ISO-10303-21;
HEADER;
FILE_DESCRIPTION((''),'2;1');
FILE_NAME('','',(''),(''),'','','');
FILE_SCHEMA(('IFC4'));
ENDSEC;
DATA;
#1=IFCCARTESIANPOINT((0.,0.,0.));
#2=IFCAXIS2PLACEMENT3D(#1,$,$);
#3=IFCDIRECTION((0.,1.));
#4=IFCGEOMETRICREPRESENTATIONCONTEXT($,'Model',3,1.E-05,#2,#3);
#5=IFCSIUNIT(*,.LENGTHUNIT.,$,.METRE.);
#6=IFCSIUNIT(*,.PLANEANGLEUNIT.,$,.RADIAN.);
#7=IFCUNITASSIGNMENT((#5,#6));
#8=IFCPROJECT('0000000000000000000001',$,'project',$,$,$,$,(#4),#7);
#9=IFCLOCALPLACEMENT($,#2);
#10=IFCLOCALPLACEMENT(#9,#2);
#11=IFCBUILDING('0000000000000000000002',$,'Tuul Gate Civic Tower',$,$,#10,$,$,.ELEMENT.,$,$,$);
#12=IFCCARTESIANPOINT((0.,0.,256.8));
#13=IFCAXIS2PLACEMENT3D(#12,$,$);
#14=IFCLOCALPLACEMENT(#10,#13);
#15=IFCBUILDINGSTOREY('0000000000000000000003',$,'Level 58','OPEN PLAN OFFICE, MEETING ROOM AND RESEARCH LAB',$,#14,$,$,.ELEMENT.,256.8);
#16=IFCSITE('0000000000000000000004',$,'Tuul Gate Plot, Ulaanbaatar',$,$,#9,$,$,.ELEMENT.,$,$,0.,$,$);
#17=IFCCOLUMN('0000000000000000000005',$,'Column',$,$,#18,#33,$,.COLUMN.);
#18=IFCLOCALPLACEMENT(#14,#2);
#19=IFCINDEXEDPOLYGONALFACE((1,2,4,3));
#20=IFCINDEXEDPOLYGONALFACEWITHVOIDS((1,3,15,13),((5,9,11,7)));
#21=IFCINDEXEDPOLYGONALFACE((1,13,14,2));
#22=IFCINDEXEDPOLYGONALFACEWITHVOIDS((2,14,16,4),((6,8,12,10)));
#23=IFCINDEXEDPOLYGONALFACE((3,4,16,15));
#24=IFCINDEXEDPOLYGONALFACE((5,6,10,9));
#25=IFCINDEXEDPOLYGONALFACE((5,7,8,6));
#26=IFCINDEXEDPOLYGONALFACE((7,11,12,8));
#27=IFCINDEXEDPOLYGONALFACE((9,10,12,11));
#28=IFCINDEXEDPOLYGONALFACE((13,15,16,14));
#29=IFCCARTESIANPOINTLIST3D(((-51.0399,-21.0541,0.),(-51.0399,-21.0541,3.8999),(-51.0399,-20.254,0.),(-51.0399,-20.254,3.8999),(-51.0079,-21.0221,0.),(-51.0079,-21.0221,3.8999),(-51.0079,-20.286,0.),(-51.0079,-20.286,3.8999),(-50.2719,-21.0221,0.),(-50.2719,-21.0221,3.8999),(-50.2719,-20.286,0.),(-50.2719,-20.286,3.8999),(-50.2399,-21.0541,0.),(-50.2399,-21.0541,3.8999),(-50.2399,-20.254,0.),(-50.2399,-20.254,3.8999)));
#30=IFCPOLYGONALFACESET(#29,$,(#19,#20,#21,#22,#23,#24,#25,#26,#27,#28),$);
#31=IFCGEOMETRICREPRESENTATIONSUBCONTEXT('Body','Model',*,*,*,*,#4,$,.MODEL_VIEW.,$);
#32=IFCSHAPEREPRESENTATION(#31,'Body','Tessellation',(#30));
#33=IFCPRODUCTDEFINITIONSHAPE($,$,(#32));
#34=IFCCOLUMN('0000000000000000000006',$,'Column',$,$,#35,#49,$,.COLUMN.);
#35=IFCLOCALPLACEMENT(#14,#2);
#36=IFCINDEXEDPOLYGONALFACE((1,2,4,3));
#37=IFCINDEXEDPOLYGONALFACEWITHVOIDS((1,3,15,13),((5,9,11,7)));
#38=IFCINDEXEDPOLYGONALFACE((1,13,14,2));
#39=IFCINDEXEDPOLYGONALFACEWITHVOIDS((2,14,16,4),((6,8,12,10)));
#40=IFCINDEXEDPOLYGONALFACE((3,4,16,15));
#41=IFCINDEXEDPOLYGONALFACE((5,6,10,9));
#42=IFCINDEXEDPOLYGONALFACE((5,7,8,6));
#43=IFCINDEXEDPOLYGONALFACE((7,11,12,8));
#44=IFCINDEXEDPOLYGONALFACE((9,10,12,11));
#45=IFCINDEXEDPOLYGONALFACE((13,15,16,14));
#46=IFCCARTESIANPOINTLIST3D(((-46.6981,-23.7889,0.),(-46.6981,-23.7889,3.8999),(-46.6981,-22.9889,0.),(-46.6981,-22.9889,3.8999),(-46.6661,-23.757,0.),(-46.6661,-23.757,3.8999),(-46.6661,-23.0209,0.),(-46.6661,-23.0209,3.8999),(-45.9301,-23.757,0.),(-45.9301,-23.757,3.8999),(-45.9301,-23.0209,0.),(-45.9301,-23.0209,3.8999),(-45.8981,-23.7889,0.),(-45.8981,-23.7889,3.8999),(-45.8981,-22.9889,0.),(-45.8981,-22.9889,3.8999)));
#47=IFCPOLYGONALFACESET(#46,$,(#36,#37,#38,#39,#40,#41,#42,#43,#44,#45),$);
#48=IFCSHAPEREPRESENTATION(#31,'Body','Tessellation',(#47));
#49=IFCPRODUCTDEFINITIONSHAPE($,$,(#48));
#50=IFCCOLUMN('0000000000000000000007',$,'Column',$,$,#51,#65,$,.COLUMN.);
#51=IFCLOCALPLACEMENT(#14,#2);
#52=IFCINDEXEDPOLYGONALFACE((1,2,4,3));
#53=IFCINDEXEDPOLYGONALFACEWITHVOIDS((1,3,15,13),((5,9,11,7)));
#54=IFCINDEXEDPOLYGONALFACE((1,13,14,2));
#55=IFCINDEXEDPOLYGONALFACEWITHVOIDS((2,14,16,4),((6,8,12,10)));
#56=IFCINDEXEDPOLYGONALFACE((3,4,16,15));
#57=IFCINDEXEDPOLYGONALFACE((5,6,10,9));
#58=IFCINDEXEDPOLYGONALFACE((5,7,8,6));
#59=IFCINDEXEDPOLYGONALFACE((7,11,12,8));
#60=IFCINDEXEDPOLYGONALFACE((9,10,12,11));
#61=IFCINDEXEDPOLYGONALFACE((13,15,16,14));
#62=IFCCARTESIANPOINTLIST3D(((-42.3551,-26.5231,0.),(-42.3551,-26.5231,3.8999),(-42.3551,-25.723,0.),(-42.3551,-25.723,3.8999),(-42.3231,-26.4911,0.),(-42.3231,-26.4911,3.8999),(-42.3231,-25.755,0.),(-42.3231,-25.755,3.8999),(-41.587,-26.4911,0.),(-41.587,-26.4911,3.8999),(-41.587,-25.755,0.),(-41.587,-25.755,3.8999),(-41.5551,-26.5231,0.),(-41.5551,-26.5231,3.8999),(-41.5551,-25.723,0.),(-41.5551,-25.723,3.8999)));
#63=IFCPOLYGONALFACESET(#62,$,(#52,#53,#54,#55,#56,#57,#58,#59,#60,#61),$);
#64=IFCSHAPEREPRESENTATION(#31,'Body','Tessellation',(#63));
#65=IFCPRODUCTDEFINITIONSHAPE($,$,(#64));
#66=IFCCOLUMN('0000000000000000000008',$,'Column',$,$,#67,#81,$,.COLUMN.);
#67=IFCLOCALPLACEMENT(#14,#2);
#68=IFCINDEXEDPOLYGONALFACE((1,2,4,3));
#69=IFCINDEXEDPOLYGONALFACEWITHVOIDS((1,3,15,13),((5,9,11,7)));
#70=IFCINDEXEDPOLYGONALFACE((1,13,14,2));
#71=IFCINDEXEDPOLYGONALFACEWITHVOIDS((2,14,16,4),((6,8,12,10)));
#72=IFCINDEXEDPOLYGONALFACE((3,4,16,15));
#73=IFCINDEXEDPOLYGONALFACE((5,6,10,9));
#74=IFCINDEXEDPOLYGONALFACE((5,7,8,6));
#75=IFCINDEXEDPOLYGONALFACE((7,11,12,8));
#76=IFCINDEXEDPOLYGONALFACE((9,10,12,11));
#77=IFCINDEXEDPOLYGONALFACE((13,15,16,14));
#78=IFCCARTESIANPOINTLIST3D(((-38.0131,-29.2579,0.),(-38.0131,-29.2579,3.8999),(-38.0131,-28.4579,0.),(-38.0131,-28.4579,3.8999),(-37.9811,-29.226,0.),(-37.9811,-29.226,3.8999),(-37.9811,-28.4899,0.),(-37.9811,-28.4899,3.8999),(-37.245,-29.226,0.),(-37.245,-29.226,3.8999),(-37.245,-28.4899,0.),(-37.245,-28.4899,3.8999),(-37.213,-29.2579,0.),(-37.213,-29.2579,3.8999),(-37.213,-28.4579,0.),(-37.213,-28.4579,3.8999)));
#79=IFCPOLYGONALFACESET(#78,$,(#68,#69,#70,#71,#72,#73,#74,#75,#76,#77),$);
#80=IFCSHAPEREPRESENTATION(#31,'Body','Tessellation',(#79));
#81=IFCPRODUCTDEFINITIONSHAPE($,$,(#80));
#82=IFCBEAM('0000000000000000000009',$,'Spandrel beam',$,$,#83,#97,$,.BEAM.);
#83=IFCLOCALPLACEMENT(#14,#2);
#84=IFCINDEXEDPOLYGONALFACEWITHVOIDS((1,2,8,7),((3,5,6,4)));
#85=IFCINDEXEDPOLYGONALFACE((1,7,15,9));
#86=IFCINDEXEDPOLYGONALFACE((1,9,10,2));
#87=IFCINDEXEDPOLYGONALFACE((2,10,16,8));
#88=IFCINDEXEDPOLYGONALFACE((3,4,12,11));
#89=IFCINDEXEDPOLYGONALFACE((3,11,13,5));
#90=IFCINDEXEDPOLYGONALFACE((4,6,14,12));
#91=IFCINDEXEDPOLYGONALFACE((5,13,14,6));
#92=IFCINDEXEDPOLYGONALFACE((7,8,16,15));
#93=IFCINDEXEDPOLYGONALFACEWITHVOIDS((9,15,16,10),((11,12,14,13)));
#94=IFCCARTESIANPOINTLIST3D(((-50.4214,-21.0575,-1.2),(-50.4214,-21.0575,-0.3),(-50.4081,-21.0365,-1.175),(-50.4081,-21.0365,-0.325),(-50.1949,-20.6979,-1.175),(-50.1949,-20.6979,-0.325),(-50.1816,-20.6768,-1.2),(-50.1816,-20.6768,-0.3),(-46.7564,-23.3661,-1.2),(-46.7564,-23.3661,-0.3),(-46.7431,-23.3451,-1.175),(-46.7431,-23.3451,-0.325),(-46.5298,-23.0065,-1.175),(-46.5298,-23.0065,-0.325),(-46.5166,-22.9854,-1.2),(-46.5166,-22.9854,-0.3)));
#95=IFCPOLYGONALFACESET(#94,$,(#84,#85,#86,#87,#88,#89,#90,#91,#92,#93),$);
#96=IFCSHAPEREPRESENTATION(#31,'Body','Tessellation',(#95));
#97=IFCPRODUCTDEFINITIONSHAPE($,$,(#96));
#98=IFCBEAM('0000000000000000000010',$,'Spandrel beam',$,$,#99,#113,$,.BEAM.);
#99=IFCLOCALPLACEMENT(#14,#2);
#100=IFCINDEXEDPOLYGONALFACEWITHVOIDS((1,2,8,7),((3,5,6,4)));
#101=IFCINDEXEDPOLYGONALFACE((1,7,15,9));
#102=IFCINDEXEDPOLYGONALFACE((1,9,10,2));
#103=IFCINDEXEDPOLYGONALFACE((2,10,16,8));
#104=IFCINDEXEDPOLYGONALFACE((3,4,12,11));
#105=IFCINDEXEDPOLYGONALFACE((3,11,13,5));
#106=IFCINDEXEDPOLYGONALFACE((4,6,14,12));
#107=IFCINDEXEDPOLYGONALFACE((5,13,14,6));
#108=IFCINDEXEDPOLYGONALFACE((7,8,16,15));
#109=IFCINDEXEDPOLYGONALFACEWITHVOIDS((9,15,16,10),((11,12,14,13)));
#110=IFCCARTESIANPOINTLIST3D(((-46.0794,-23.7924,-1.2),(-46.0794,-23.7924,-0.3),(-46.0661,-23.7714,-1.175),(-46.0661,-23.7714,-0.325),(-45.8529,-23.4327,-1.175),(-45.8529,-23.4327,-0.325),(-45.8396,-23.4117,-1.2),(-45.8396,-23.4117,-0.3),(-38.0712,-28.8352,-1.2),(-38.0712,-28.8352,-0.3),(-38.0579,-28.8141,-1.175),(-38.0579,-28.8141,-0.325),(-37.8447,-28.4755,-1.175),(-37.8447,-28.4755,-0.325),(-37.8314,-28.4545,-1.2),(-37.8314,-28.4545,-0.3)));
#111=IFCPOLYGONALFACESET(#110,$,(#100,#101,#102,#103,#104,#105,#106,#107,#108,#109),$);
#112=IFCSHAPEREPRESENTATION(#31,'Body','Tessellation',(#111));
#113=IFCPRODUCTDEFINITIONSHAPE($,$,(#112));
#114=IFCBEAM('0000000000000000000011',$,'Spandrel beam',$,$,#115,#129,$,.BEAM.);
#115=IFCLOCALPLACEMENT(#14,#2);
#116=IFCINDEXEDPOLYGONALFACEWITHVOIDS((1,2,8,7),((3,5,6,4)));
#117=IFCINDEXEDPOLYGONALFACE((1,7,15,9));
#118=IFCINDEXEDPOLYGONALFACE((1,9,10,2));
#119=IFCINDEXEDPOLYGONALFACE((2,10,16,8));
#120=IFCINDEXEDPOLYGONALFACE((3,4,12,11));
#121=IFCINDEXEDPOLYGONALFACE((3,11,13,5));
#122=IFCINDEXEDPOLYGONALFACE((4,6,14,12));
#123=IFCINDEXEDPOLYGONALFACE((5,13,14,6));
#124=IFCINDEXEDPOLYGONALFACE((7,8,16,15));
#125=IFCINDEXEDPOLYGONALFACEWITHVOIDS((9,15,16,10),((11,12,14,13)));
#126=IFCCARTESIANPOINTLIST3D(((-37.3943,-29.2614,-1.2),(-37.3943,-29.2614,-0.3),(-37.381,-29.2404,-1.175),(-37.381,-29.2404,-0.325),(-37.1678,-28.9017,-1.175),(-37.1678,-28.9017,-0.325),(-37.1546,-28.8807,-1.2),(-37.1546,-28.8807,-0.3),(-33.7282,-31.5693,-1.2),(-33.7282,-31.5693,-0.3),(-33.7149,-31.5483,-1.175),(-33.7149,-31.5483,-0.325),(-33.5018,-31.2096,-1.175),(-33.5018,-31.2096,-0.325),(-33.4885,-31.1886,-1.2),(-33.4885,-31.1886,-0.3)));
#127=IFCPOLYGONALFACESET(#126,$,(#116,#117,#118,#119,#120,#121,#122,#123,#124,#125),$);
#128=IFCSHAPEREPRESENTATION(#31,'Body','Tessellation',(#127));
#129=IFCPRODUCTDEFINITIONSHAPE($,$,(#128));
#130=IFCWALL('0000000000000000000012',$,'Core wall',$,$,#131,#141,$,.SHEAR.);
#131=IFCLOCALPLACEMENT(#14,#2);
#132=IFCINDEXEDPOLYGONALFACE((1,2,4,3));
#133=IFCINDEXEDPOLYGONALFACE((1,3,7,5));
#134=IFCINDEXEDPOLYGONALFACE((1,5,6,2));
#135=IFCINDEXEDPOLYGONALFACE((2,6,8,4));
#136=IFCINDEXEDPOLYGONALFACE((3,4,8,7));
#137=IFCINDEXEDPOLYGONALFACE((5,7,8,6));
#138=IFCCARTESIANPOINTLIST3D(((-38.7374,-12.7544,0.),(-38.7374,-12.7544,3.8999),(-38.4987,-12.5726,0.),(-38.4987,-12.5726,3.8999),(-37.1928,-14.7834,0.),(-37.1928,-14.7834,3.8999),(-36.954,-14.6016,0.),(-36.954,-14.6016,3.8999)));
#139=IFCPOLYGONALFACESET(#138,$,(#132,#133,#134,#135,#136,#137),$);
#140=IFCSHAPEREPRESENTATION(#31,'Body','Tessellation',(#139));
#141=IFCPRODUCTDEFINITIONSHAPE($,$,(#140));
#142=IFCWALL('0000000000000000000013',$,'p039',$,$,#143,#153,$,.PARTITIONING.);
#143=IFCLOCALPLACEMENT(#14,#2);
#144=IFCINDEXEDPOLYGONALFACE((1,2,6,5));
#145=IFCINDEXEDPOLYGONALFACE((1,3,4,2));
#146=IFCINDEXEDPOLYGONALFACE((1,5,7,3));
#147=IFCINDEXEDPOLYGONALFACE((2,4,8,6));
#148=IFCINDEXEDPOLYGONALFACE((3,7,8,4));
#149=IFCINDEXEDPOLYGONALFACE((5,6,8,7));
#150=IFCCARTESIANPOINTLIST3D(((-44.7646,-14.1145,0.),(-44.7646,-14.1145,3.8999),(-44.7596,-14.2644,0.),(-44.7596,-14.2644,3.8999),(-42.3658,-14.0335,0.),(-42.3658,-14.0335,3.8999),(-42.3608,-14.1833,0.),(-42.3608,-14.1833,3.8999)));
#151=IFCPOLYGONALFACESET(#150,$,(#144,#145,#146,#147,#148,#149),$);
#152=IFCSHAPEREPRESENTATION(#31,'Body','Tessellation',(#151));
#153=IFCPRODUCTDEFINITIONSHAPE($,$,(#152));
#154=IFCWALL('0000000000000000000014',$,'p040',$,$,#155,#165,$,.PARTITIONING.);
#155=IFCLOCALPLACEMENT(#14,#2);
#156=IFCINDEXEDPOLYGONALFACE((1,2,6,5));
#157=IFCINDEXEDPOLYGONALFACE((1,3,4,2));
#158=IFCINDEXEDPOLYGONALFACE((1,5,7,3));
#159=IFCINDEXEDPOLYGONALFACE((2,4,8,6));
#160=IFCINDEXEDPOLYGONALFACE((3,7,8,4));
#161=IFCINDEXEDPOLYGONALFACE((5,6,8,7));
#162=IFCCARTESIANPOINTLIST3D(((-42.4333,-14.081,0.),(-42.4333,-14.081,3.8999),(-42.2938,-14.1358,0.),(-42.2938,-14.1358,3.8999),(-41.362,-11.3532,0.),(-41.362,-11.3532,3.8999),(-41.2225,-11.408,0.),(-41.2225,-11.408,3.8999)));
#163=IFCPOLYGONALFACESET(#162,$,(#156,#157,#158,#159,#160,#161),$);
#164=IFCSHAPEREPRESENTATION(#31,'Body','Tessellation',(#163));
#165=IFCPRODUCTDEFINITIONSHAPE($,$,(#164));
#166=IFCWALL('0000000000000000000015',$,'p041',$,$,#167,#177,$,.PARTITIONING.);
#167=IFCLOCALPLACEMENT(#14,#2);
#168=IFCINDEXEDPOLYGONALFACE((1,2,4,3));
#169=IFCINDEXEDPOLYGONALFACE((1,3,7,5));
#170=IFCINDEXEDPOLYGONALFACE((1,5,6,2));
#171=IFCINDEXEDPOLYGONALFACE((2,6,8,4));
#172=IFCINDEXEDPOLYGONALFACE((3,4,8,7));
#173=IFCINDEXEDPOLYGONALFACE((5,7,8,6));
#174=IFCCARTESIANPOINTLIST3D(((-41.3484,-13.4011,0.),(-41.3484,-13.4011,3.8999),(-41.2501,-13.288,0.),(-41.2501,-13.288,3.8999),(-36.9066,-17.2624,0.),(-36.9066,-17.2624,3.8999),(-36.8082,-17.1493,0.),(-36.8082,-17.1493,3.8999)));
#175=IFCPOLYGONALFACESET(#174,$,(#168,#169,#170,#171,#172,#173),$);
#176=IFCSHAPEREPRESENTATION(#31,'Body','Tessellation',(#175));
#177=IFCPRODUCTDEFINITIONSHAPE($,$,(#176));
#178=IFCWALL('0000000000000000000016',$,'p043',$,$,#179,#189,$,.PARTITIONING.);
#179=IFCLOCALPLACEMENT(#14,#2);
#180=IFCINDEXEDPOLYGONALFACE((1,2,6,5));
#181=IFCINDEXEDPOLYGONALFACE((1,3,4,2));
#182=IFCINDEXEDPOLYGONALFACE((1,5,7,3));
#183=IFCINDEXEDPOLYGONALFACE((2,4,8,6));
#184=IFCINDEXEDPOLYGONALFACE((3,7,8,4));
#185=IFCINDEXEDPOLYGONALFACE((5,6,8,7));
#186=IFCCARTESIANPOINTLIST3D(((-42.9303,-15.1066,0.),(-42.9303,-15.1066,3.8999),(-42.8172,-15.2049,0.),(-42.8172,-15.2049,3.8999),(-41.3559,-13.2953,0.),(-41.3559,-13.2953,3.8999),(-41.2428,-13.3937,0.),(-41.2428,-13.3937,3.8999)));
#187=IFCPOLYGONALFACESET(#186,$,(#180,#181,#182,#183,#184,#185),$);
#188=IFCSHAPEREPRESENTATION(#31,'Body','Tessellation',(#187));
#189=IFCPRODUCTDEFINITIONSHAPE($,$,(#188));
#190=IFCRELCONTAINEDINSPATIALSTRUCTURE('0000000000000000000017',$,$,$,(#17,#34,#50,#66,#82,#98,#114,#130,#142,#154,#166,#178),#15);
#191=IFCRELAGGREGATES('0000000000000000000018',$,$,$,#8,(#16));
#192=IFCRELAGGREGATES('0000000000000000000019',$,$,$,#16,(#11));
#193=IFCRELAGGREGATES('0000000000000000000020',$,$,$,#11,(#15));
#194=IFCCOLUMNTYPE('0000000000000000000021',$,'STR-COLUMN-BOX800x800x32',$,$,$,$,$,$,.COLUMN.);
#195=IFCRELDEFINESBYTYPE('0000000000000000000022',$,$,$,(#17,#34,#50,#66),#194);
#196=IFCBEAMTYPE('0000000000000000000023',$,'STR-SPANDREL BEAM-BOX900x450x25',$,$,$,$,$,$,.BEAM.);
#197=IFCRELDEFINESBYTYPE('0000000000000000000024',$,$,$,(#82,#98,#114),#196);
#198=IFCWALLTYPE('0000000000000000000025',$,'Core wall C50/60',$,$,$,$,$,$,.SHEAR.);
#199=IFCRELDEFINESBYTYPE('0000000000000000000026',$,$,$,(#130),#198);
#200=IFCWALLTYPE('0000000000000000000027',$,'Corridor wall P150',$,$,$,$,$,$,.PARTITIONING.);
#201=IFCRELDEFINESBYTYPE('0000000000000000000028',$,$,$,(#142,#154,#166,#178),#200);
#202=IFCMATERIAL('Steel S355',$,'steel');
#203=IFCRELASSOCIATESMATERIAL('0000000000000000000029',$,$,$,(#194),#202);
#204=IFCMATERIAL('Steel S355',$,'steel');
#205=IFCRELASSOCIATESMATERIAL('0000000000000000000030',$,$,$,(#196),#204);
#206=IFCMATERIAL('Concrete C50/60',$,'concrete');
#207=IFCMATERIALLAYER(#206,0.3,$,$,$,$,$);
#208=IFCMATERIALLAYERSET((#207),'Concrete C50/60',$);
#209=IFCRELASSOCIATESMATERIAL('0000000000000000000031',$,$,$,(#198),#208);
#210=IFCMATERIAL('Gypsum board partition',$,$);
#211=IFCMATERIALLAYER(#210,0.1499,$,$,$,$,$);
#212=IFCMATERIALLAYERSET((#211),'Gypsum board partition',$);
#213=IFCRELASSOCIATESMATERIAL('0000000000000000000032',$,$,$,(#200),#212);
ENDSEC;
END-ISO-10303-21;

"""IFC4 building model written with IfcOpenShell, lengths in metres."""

from ifc_helpers import new_model, si_unit, direction, frame, frame_2d, origin, origin_2d, place, context, subcontext, project, spatial, rectangle, hollow_rectangle, extrude, material, layer, layer_set, material_profile, profile_set, type_object, element, save


model = new_model("IFC4")

# Units and contexts
model_context = context("Model", 3, precision=1e-05, world=origin(), true_north=direction((0.0, 1.0)))
body_context = subcontext(model_context, "Body", "Model", "MODEL_VIEW")
ifc_project = project(units=[si_unit("LENGTHUNIT", "METRE"), si_unit("PLANEANGLEUNIT", "RADIAN")], contexts=[model_context])

# Site, building, storey
site_placement = place(None, origin())
site = spatial("IfcSite", under=ifc_project, at=site_placement, Name="Tuul Gate Plot, Ulaanbaatar", CompositionType="ELEMENT", RefElevation=0.0)
building_placement = place(site_placement, origin())
building = spatial("IfcBuilding", under=site, at=building_placement, Name="Tuul Gate Civic Tower", CompositionType="ELEMENT")
storey_placement = place(building_placement, frame((0.0, 0.0, 256.8)))
storey = spatial("IfcBuildingStorey", under=building, at=storey_placement, Name="Level 58", Description="OPEN PLAN OFFICE, MEETING ROOM AND RESEARCH LAB", CompositionType="ELEMENT", Elevation=256.8)

# Columns
ifc_material_1 = material(Name="Steel S355", Category="steel")
ifc_material_profile_1 = material_profile(ifc_material_1, hollow_rectangle(XDim=0.8, YDim=0.8, WallThickness=0.032, at=origin_2d()), Name="BOX800x800x32")
ifc_profile_set_1 = profile_set([ifc_material_profile_1], Name="Steel S355")
column_type = type_object("IfcColumnType", Name="STR-COLUMN-BOX800x800x32", PredefinedType="COLUMN", material=ifc_profile_set_1)
for number, where, z_axis, x_axis, name in (
    (1, (-50.6399, -20.6541, 0.0), (0.0, 0.0, 1.0), (1.0, 0.0, 0.0), "Column"),
    (2, (-46.2981, -23.3889, 0.0), (0.0, 0.0, 1.0), (1.0, 0.0, 0.0), "Column"),
    (3, (-41.9551, -26.123, 0.0), (0.0, 0.0, 1.0), (1.0, 0.0, 0.0), "Column"),
    (4, (-37.613, -28.8579, 0.0), (0.0, 0.0, 1.0), (1.0, 0.0, 0.0), "Column"),
):
    element("IfcColumn", number, at=place(storey_placement, frame(where, z_axis=z_axis, x_axis=x_axis)), inside=storey, type_object=column_type, Name=name, PredefinedType="COLUMN", context=body_context, shape_type="SweptSolid", body=[
        extrude(hollow_rectangle(XDim=0.8, YDim=0.8, WallThickness=0.032, at=origin_2d()), origin(), (0.0, 0.0, 1.0), 3.8999),
    ])

# Beams
ifc_material_2 = material(Name="Steel S355", Category="steel")
ifc_material_profile_2 = material_profile(ifc_material_2, hollow_rectangle(XDim=0.45, YDim=0.8999, WallThickness=0.0249, at=origin_2d()), Name="BOX900x450x25")
ifc_profile_set_2 = profile_set([ifc_material_profile_2], Name="Steel S355")
beam_type = type_object("IfcBeamType", Name="STR-SPANDREL BEAM-BOX900x450x25", PredefinedType="BEAM", material=ifc_profile_set_2)
beam_1_placement = place(storey_placement, frame((-50.3015, -20.8672, -0.75), z_axis=(0.846131, -0.532975, 0.0), x_axis=(0.532975, 0.846131, 0.0)))
element("IfcBeam", 5, at=beam_1_placement, inside=storey, type_object=beam_type, Name="Spandrel beam", PredefinedType="BEAM", context=body_context, shape_type="SweptSolid", body=[
    extrude(hollow_rectangle(XDim=0.45, YDim=0.8999, WallThickness=0.0249, at=origin_2d()), origin(), (0.0, 0.0, 1.0), 4.3315),
])
beam_2_placement = place(storey_placement, frame((-45.9595, -23.6021, -0.75), z_axis=(0.846204, -0.53286, 0.0), x_axis=(0.53286, 0.846204, 0.0)))
element("IfcBeam", 6, at=beam_2_placement, inside=storey, type_object=beam_type, Name="Spandrel beam", PredefinedType="BEAM", context=body_context, shape_type="SweptSolid", body=[
    extrude(hollow_rectangle(XDim=0.45, YDim=0.8999, WallThickness=0.0249, at=origin_2d()), origin(), (0.0, 0.0, 1.0), 9.4636),
])
beam_3_placement = place(storey_placement, frame((-37.2744, -29.071, -0.75), z_axis=(0.846271, -0.532752, 0.0), x_axis=(0.532752, 0.846271, 0.0)))
element("IfcBeam", 7, at=beam_3_placement, inside=storey, type_object=beam_type, Name="Spandrel beam", PredefinedType="BEAM", context=body_context, shape_type="SweptSolid", body=[
    extrude(hollow_rectangle(XDim=0.45, YDim=0.8999, WallThickness=0.0249, at=origin_2d()), origin(), (0.0, 0.0, 1.0), 4.332),
])

# Walls
ifc_material_3 = material(Name="Concrete C50/60", Category="concrete")
ifc_layer_1 = layer(ifc_material_3, 0.3)
ifc_layer_set_1 = layer_set([ifc_layer_1], Name="Concrete C50/60")
wall_type_1 = type_object("IfcWallType", Name="Core wall C50/60", PredefinedType="SHEAR", material=ifc_layer_set_1)
wall_1_placement = place(storey_placement, frame((-37.0735, -14.6924, 0.0), z_axis=(0.0, 0.0, 1.0), x_axis=(-0.605729, 0.795671, 0.0)))
element("IfcWall", 8, at=wall_1_placement, inside=storey, type_object=wall_type_1, Name="Core wall", PredefinedType="SHEAR", context=body_context, shape_type="SweptSolid", body=[
    extrude(rectangle(XDim=2.55, YDim=0.3, at=frame_2d((1.2749, 0.0))), origin(), (0.0, 0.0, 1.0), 3.8999),
])
ifc_material_4 = material(Name="Gypsum board partition")
ifc_layer_2 = layer(ifc_material_4, 0.1499)
ifc_layer_set_2 = layer_set([ifc_layer_2], Name="Gypsum board partition")
wall_type_2 = type_object("IfcWallType", Name="Corridor wall P150", PredefinedType="PARTITIONING", material=ifc_layer_set_2)
wall_2_placement = place(storey_placement, frame((-44.7622, -14.1895, 0.0), z_axis=(0.0, 0.0, 1.0), x_axis=(0.99943, 0.033772, 0.0)))
element("IfcWall", 9, at=wall_2_placement, inside=storey, type_object=wall_type_2, Name="p039", PredefinedType="PARTITIONING", context=body_context, shape_type="SweptSolid", body=[
    extrude(rectangle(XDim=2.4001, YDim=0.1499, at=frame_2d((1.2002, 0.0))), origin(), (0.0, 0.0, 1.0), 3.8999),
])
wall_3_placement = place(storey_placement, frame((-42.3635, -14.1084, 0.0), z_axis=(0.0, 0.0, 1.0), x_axis=(0.365552, 0.930791, 0.0)))
element("IfcWall", 10, at=wall_3_placement, inside=storey, type_object=wall_type_2, Name="p040", PredefinedType="PARTITIONING", context=body_context, shape_type="SweptSolid", body=[
    extrude(rectangle(XDim=2.9307, YDim=0.1499, at=frame_2d((1.4653, 0.0))), origin(), (0.0, 0.0, 1.0), 3.8999),
])
wall_4_placement = place(storey_placement, frame((-41.2993, -13.3445, 0.0), z_axis=(0.0, 0.0, 1.0), x_axis=(0.754706, -0.656064, 0.0)))
element("IfcWall", 11, at=wall_4_placement, inside=storey, type_object=wall_type_2, Name="p041", PredefinedType="PARTITIONING", context=body_context, shape_type="SweptSolid", body=[
    extrude(rectangle(XDim=5.8855, YDim=0.1499, at=frame_2d((2.9429, 0.0))), origin(), (0.0, 0.0, 1.0), 3.8999),
])
wall_5_placement = place(storey_placement, frame((-42.8738, -15.1558, 0.0), z_axis=(0.0, 0.0, 1.0), x_axis=(0.656045, 0.754722, 0.0)))
element("IfcWall", 12, at=wall_5_placement, inside=storey, type_object=wall_type_2, Name="p043", PredefinedType="PARTITIONING", context=body_context, shape_type="SweptSolid", body=[
    extrude(rectangle(XDim=2.3999, YDim=0.1499, at=frame_2d((1.2, 0.0))), origin(), (0.0, 0.0, 1.0), 3.8999),
])

save(model, "model.ifc")
